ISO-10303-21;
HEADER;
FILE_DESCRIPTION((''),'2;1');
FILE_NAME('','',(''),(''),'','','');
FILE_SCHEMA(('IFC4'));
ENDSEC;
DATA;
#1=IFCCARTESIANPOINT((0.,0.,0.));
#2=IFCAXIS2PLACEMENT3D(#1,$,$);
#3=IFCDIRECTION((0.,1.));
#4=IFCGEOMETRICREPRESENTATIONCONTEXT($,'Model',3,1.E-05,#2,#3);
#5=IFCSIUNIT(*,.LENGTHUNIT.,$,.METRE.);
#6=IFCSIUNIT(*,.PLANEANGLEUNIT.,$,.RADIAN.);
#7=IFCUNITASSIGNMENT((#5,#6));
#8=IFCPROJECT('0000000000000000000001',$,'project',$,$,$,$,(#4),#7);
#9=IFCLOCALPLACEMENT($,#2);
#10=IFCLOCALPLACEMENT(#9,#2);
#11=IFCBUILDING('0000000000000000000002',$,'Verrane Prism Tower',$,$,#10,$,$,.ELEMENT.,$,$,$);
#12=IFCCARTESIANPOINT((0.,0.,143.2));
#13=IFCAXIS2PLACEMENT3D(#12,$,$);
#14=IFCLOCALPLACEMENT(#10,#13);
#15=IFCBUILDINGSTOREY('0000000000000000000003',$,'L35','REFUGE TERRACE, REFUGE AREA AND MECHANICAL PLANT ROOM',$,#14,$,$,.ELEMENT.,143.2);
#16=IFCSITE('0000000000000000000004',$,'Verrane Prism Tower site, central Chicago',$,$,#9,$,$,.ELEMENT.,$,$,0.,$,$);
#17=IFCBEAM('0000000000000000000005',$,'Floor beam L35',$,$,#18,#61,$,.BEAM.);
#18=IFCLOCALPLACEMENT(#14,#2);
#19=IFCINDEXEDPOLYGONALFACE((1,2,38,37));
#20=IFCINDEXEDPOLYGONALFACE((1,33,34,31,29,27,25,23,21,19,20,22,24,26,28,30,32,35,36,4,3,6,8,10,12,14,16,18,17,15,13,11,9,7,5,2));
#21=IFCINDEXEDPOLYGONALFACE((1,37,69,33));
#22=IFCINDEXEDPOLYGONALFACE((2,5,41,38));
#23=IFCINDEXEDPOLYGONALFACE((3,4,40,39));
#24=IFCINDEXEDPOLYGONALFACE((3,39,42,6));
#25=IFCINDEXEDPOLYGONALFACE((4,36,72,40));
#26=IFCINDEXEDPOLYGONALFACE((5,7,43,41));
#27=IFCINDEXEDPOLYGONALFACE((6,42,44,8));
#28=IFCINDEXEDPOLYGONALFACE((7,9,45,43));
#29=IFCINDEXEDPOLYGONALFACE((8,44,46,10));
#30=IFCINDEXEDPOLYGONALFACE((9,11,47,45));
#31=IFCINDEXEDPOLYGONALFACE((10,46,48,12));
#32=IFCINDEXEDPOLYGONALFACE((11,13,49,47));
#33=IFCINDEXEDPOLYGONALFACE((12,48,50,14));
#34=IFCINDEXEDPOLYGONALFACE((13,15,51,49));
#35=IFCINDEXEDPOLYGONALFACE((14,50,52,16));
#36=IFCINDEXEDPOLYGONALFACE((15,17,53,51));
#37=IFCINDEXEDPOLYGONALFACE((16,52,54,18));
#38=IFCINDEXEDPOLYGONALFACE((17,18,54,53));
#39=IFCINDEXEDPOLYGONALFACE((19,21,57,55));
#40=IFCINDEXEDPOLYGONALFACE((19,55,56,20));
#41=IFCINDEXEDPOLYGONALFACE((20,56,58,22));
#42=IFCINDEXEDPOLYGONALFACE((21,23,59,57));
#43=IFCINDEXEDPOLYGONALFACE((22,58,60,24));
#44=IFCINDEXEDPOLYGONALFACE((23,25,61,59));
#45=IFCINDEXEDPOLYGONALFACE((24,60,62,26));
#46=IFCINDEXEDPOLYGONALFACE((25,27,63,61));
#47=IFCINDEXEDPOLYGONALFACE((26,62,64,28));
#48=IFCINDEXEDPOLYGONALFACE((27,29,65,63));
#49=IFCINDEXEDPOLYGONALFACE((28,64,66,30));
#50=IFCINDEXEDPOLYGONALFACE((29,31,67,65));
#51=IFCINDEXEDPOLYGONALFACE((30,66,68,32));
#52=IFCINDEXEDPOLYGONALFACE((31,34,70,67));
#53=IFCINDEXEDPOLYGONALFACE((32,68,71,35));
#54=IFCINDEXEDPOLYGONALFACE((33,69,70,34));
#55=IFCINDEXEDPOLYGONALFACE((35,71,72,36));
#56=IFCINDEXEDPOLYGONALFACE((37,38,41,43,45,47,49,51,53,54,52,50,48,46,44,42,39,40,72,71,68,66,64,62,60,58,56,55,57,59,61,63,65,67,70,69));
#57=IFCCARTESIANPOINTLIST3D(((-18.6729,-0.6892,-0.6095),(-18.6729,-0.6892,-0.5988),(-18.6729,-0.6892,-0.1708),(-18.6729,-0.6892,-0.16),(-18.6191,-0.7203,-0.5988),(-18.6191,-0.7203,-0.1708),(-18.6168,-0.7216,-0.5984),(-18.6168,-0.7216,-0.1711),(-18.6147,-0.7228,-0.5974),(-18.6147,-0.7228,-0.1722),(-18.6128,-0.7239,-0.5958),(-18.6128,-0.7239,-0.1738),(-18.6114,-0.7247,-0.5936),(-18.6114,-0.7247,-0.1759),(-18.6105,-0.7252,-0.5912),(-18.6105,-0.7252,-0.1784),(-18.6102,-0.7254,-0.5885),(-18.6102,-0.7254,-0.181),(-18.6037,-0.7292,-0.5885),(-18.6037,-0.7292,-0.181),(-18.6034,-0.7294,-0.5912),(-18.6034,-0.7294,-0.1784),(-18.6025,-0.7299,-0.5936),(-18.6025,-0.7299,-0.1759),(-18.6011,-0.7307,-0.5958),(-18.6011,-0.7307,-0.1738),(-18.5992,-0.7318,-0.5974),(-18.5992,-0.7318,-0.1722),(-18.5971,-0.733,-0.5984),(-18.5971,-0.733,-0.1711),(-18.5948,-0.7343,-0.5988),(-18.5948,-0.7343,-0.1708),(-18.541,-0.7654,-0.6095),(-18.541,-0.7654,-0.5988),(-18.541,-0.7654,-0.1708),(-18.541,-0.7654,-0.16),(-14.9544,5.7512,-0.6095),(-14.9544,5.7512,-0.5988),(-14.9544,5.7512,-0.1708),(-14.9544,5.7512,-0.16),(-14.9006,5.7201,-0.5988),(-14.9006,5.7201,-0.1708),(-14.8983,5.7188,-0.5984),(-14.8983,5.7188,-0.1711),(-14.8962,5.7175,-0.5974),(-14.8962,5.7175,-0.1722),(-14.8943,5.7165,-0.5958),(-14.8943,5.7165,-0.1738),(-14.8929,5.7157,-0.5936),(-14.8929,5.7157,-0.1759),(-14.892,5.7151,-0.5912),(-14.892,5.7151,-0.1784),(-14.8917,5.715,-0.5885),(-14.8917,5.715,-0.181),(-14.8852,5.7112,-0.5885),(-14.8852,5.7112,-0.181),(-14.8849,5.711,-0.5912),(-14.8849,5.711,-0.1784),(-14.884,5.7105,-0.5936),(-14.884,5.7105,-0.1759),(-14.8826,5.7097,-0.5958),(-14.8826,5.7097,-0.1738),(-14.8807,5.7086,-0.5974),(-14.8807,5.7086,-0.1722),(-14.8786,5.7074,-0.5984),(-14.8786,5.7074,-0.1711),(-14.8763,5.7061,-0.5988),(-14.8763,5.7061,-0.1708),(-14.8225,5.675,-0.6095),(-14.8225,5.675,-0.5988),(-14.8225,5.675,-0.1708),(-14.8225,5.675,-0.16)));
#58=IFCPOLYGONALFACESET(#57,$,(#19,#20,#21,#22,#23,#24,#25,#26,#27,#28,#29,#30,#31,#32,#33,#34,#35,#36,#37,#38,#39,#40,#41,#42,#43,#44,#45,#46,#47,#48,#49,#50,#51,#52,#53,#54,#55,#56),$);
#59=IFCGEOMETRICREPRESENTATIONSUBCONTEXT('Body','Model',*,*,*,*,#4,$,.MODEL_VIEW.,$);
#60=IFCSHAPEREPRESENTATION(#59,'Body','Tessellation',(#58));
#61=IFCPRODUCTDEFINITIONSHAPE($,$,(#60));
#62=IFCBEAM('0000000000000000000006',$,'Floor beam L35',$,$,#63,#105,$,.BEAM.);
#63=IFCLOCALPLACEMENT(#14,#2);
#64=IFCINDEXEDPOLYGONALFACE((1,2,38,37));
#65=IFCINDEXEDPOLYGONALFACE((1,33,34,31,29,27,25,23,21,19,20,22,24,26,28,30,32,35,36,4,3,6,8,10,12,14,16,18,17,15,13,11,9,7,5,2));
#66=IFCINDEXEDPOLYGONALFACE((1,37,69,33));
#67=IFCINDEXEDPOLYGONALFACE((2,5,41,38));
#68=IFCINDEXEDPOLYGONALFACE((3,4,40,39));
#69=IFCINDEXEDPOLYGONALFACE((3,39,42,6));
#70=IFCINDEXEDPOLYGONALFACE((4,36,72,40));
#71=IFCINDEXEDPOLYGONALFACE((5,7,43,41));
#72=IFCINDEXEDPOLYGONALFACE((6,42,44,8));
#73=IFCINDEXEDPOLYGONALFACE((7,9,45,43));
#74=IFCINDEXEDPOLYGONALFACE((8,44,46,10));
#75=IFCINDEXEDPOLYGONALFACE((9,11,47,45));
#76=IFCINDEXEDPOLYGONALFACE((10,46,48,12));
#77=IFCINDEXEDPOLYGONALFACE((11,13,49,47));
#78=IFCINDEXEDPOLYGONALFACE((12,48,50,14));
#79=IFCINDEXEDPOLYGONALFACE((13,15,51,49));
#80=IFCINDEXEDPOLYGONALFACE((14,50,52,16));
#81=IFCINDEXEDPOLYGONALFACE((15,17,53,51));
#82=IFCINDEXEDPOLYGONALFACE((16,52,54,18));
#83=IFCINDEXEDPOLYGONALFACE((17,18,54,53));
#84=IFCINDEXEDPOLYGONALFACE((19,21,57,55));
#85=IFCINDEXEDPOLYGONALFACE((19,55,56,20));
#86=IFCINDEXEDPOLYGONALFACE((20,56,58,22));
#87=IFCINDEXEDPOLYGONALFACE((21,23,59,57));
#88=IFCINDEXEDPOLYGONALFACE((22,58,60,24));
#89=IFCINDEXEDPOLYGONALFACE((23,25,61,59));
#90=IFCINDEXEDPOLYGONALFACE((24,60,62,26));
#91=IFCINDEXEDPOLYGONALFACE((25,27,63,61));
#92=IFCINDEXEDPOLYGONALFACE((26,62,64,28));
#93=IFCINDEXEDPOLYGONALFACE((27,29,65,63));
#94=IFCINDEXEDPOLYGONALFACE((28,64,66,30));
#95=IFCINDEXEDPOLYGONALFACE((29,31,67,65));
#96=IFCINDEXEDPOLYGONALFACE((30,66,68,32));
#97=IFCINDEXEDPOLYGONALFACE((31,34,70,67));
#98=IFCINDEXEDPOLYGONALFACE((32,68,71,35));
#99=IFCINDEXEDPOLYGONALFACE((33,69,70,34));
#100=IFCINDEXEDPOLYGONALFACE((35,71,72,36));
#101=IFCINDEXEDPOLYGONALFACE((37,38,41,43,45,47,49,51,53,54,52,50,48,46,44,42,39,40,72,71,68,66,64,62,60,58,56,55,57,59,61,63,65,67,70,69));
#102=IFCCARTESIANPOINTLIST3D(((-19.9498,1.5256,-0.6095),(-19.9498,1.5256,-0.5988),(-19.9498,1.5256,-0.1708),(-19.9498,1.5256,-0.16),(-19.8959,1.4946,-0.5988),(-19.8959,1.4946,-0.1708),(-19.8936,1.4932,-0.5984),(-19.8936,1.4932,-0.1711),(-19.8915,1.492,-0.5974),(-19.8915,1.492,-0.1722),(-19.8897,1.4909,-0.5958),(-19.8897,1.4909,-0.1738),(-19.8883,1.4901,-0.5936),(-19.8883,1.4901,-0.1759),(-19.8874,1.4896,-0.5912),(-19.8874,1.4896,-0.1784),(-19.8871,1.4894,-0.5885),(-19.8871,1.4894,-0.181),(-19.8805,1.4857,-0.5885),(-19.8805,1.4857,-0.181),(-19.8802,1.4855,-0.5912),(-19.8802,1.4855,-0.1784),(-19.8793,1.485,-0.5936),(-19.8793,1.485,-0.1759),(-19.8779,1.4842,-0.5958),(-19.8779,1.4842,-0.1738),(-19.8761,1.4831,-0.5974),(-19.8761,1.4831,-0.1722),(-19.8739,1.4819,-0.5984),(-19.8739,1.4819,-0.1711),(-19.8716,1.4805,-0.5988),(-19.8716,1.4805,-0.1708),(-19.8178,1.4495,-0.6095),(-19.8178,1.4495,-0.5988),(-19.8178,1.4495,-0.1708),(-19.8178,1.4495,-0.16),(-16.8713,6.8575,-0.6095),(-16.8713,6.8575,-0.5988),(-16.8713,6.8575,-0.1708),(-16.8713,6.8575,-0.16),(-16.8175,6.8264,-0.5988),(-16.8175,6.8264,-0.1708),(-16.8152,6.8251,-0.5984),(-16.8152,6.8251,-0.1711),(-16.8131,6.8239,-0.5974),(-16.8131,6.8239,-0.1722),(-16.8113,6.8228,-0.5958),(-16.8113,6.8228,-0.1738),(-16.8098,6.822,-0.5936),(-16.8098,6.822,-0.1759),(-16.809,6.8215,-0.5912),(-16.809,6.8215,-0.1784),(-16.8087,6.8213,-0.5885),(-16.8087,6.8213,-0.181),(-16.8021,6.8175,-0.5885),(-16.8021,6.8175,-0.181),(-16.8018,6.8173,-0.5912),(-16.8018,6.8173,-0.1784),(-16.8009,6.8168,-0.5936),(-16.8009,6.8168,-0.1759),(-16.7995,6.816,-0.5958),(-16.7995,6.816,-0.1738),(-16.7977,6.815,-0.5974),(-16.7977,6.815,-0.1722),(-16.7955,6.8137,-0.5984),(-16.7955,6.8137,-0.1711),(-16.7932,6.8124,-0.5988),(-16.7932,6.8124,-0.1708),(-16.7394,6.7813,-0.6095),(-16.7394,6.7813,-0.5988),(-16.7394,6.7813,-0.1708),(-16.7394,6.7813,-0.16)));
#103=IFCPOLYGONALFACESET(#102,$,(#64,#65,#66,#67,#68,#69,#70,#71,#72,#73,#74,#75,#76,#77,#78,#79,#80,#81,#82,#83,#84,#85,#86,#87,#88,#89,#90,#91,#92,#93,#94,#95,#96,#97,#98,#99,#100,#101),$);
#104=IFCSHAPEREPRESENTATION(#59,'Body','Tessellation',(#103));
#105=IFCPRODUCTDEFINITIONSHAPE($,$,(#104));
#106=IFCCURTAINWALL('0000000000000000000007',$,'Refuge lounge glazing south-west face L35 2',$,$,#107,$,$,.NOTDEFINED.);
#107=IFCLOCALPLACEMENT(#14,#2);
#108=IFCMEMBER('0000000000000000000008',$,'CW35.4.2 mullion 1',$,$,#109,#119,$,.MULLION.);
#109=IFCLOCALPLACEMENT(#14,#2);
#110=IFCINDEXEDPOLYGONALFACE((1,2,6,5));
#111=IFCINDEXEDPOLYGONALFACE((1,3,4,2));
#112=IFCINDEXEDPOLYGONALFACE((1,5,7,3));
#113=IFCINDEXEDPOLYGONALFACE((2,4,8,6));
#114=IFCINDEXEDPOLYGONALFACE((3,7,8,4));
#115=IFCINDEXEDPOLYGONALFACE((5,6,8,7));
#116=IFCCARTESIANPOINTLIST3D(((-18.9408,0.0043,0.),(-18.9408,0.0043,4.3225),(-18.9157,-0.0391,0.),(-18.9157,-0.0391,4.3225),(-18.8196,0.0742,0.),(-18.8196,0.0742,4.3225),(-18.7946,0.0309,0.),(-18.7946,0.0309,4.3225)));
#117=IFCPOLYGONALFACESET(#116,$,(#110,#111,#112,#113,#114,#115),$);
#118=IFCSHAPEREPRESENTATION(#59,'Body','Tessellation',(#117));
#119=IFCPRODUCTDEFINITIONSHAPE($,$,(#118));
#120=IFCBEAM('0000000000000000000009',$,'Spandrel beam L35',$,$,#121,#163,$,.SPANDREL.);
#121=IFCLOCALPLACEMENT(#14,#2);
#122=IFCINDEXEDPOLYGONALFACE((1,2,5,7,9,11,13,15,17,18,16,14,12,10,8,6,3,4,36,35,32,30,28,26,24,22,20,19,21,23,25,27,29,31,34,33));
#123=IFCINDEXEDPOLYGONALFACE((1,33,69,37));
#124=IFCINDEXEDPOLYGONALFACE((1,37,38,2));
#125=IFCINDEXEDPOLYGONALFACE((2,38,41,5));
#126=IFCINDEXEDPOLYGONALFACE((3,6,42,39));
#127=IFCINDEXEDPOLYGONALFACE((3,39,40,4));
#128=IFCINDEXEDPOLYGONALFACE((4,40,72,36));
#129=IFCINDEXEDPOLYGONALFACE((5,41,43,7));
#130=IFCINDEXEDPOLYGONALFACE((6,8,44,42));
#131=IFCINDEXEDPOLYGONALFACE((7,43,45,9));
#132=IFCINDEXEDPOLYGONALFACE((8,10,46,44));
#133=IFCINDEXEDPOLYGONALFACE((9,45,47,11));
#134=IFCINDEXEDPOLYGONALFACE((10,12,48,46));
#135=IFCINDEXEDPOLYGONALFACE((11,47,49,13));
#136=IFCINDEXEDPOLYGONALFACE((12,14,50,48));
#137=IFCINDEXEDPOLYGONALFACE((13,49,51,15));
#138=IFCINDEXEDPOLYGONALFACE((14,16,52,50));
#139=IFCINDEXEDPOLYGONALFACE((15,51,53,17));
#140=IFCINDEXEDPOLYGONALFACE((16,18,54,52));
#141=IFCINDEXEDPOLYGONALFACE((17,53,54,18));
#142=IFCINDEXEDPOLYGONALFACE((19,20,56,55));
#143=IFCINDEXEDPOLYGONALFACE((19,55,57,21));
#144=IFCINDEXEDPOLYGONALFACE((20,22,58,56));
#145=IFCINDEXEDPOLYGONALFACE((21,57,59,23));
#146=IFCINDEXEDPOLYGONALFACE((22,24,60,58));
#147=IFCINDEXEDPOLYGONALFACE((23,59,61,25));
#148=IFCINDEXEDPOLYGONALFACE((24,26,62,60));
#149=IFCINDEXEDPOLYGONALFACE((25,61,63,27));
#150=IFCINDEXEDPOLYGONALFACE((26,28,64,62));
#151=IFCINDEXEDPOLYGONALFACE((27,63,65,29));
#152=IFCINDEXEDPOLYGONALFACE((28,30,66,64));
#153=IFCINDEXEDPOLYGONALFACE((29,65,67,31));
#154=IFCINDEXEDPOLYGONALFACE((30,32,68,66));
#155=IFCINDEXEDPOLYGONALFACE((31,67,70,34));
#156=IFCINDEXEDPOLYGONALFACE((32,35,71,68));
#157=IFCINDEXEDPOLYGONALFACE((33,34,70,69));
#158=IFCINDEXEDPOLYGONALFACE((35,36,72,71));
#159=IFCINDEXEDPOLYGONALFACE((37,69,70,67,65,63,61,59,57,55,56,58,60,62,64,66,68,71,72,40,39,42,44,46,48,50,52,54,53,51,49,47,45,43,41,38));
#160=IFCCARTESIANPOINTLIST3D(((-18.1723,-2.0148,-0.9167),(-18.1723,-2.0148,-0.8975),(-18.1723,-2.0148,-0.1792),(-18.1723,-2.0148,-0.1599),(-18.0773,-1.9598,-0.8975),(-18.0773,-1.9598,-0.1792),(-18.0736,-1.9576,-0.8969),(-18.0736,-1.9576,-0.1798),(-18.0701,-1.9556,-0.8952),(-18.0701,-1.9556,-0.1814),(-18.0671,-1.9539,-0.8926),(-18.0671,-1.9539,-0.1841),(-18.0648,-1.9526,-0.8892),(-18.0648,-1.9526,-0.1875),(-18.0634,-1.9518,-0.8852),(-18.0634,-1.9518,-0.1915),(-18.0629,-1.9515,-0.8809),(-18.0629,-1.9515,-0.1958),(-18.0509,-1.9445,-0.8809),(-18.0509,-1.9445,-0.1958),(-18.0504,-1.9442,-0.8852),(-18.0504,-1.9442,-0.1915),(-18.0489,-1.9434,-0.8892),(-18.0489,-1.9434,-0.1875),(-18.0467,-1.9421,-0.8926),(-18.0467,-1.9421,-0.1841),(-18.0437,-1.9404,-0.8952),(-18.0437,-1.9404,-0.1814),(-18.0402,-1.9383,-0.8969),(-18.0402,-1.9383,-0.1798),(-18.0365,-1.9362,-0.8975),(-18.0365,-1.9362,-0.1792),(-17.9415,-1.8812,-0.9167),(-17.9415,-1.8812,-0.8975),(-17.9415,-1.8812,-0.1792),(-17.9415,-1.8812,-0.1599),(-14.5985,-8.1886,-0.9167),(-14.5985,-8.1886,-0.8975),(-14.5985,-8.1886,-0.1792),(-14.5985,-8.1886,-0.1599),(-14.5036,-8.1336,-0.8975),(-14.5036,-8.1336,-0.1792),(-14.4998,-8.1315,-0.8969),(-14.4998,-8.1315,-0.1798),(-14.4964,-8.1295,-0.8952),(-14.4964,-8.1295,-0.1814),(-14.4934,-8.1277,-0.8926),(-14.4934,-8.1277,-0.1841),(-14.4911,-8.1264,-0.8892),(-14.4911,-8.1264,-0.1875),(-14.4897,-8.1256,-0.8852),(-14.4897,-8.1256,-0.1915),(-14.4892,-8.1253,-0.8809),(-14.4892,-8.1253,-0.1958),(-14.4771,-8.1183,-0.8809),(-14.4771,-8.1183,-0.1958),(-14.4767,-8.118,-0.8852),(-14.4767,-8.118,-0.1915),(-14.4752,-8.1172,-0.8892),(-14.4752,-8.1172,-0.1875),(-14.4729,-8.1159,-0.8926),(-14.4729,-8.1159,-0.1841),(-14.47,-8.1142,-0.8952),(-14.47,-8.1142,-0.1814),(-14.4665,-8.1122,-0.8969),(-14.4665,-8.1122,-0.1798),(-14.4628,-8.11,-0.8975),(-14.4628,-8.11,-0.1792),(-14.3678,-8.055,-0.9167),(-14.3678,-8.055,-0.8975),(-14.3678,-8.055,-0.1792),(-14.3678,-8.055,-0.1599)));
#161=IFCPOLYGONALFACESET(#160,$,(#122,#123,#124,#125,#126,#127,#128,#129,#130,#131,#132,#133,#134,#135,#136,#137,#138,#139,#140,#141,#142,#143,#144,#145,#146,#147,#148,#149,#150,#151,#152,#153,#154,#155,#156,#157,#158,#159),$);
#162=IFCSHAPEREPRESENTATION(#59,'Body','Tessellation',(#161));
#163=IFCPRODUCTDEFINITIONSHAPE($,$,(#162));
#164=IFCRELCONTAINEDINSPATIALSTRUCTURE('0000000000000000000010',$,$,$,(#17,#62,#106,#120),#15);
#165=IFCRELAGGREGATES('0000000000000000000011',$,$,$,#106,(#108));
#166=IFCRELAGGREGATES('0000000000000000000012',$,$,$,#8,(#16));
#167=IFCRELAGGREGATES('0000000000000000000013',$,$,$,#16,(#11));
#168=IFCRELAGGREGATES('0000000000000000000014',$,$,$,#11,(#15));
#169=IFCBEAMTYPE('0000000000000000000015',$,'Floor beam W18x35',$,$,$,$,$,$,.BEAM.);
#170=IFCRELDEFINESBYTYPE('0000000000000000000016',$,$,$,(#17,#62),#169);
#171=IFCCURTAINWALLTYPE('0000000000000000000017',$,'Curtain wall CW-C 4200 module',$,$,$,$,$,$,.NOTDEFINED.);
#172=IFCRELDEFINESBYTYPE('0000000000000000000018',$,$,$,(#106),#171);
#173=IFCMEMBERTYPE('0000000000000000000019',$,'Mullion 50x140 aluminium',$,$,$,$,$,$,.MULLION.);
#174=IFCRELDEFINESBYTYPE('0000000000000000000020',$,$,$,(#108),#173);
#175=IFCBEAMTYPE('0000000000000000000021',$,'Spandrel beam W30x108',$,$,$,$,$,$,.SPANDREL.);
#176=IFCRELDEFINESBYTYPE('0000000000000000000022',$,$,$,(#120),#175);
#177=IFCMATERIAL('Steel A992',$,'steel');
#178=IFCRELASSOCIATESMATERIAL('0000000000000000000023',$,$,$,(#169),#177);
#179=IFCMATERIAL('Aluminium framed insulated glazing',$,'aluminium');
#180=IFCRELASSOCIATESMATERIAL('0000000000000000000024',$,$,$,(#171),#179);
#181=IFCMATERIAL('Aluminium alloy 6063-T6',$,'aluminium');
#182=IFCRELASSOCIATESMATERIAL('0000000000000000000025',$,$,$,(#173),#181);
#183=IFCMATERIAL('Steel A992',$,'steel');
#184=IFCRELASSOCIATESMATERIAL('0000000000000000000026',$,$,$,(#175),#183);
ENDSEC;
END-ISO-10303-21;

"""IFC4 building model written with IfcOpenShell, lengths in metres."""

from ifc_helpers import new_model, si_unit, direction, frame, origin, origin_2d, place, context, subcontext, project, spatial, rectangle, i_section, extrude, material, material_profile, profile_set, type_object, element, aggregate, save


model = new_model("IFC4")

# Units and contexts
model_context = context("Model", 3, precision=1e-05, world=origin(), true_north=direction((0.0, 1.0)))
body_context = subcontext(model_context, "Body", "Model", "MODEL_VIEW")
ifc_project = project(units=[si_unit("LENGTHUNIT", "METRE"), si_unit("PLANEANGLEUNIT", "RADIAN")], contexts=[model_context])

# Site, building, storey
site_placement = place(None, origin())
site = spatial("IfcSite", under=ifc_project, at=site_placement, Name="Verrane Prism Tower site, central Chicago", CompositionType="ELEMENT", RefElevation=0.0)
building_placement = place(site_placement, origin())
building = spatial("IfcBuilding", under=site, at=building_placement, Name="Verrane Prism Tower", CompositionType="ELEMENT")
storey_placement = place(building_placement, frame((0.0, 0.0, 143.2)))
storey = spatial("IfcBuildingStorey", under=building, at=storey_placement, Name="L35", Description="REFUGE TERRACE, REFUGE AREA AND MECHANICAL PLANT ROOM", CompositionType="ELEMENT", Elevation=143.2)

# Beams
ifc_material_1 = material(Name="Steel A992", Category="steel")
ifc_material_profile_1 = material_profile(ifc_material_1, i_section(OverallWidth=0.1523, OverallDepth=0.4495, WebThickness=0.0076, FlangeThickness=0.0107, FilletRadius=0.0103, at=origin_2d()), Name="W18x35")
ifc_profile_set_1 = profile_set([ifc_material_profile_1], Name="Steel A992")
beam_type_1 = type_object("IfcBeamType", Name="Floor beam W18x35", PredefinedType="BEAM", material=ifc_profile_set_1)
beam_1_placement = place(storey_placement, frame((-18.6069, -0.7273, -0.3848), z_axis=(0.500012, 0.866018, 0.0), x_axis=(-0.866018, 0.500012, 0.0)))
element("IfcBeam", 1, at=beam_1_placement, inside=storey, type_object=beam_type_1, Name="Floor beam L35", PredefinedType="BEAM", context=body_context, shape_type="SweptSolid", body=[
    extrude(i_section(OverallWidth=0.1523, OverallDepth=0.4495, WebThickness=0.0076, FlangeThickness=0.0107, FilletRadius=0.0103, at=origin_2d()), origin(), (0.0, 0.0, 1.0), 7.4368),
])
beam_2_placement = place(storey_placement, frame((-19.8838, 1.4875, -0.3848), z_axis=(0.500007, 0.866021, 0.0), x_axis=(-0.866021, 0.500007, 0.0)))
element("IfcBeam", 2, at=beam_2_placement, inside=storey, type_object=beam_type_1, Name="Floor beam L35", PredefinedType="BEAM", context=body_context, shape_type="SweptSolid", body=[
    extrude(i_section(OverallWidth=0.1523, OverallDepth=0.4495, WebThickness=0.0076, FlangeThickness=0.0107, FilletRadius=0.0103, at=origin_2d()), origin(), (0.0, 0.0, 1.0), 6.1567),
])

# Curtain wall, member
ifc_material_2 = material(Name="Aluminium framed insulated glazing", Category="aluminium")
curtain_wall_type = type_object("IfcCurtainWallType", Name="Curtain wall CW-C 4200 module", PredefinedType="NOTDEFINED", material=ifc_material_2)
curtain_wall_placement = place(storey_placement, origin())
curtain_wall = element("IfcCurtainWall", 3, at=curtain_wall_placement, inside=storey, type_object=curtain_wall_type, Name="Refuge lounge glazing south-west face L35 2", PredefinedType="NOTDEFINED")
ifc_material_3 = material(Name="Aluminium alloy 6063-T6", Category="aluminium")
ifc_material_profile_2 = material_profile(ifc_material_3, rectangle(XDim=0.1399, YDim=0.05, at=origin_2d()), Name="Mullion 50x140 aluminium")
ifc_profile_set_2 = profile_set([ifc_material_profile_2], Name="Aluminium alloy 6063-T6")
member_type_1 = type_object("IfcMemberType", Name="Mullion 50x140 aluminium", PredefinedType="MULLION", material=ifc_profile_set_2)
member_1_placement = place(storey_placement, frame((-18.8677, 0.0176, 0.0), z_axis=(0.0, 0.0, 1.0), x_axis=(0.866023, 0.500004, 0.0)))
member_1 = element("IfcMember", 4, at=member_1_placement, type_object=member_type_1, Name="CW35.4.2 mullion 1", PredefinedType="MULLION", context=body_context, shape_type="SweptSolid", body=[
    extrude(rectangle(XDim=0.1399, YDim=0.05, at=origin_2d()), origin(), (0.0, 0.0, 1.0), 4.3225),
])

# Beam
ifc_material_4 = material(Name="Steel A992", Category="steel")
ifc_material_profile_3 = material_profile(ifc_material_4, i_section(OverallWidth=0.2666, OverallDepth=0.7568, WebThickness=0.0139, FlangeThickness=0.0193, FilletRadius=0.0166, at=origin_2d()), Name="W30x108")
ifc_profile_set_3 = profile_set([ifc_material_profile_3], Name="Steel A992")
beam_type_2 = type_object("IfcBeamType", Name="Spandrel beam W30x108", PredefinedType="SPANDREL", material=ifc_profile_set_3)
beam_3_placement = place(storey_placement, frame((-18.0569, -1.948, -0.5383), z_axis=(0.500974, -0.865462, 0.0), x_axis=(0.865462, 0.500974, 0.0)))
element("IfcBeam", 5, at=beam_3_placement, inside=storey, type_object=beam_type_2, Name="Spandrel beam L35", PredefinedType="SPANDREL", context=body_context, shape_type="SweptSolid", body=[
    extrude(i_section(OverallWidth=0.2666, OverallDepth=0.7568, WebThickness=0.0139, FlangeThickness=0.0193, FilletRadius=0.0166, at=origin_2d()), origin(), (0.0, 0.0, 1.0), 7.1335),
])

aggregate(curtain_wall, [member_1])

save(model, "model.ifc")
